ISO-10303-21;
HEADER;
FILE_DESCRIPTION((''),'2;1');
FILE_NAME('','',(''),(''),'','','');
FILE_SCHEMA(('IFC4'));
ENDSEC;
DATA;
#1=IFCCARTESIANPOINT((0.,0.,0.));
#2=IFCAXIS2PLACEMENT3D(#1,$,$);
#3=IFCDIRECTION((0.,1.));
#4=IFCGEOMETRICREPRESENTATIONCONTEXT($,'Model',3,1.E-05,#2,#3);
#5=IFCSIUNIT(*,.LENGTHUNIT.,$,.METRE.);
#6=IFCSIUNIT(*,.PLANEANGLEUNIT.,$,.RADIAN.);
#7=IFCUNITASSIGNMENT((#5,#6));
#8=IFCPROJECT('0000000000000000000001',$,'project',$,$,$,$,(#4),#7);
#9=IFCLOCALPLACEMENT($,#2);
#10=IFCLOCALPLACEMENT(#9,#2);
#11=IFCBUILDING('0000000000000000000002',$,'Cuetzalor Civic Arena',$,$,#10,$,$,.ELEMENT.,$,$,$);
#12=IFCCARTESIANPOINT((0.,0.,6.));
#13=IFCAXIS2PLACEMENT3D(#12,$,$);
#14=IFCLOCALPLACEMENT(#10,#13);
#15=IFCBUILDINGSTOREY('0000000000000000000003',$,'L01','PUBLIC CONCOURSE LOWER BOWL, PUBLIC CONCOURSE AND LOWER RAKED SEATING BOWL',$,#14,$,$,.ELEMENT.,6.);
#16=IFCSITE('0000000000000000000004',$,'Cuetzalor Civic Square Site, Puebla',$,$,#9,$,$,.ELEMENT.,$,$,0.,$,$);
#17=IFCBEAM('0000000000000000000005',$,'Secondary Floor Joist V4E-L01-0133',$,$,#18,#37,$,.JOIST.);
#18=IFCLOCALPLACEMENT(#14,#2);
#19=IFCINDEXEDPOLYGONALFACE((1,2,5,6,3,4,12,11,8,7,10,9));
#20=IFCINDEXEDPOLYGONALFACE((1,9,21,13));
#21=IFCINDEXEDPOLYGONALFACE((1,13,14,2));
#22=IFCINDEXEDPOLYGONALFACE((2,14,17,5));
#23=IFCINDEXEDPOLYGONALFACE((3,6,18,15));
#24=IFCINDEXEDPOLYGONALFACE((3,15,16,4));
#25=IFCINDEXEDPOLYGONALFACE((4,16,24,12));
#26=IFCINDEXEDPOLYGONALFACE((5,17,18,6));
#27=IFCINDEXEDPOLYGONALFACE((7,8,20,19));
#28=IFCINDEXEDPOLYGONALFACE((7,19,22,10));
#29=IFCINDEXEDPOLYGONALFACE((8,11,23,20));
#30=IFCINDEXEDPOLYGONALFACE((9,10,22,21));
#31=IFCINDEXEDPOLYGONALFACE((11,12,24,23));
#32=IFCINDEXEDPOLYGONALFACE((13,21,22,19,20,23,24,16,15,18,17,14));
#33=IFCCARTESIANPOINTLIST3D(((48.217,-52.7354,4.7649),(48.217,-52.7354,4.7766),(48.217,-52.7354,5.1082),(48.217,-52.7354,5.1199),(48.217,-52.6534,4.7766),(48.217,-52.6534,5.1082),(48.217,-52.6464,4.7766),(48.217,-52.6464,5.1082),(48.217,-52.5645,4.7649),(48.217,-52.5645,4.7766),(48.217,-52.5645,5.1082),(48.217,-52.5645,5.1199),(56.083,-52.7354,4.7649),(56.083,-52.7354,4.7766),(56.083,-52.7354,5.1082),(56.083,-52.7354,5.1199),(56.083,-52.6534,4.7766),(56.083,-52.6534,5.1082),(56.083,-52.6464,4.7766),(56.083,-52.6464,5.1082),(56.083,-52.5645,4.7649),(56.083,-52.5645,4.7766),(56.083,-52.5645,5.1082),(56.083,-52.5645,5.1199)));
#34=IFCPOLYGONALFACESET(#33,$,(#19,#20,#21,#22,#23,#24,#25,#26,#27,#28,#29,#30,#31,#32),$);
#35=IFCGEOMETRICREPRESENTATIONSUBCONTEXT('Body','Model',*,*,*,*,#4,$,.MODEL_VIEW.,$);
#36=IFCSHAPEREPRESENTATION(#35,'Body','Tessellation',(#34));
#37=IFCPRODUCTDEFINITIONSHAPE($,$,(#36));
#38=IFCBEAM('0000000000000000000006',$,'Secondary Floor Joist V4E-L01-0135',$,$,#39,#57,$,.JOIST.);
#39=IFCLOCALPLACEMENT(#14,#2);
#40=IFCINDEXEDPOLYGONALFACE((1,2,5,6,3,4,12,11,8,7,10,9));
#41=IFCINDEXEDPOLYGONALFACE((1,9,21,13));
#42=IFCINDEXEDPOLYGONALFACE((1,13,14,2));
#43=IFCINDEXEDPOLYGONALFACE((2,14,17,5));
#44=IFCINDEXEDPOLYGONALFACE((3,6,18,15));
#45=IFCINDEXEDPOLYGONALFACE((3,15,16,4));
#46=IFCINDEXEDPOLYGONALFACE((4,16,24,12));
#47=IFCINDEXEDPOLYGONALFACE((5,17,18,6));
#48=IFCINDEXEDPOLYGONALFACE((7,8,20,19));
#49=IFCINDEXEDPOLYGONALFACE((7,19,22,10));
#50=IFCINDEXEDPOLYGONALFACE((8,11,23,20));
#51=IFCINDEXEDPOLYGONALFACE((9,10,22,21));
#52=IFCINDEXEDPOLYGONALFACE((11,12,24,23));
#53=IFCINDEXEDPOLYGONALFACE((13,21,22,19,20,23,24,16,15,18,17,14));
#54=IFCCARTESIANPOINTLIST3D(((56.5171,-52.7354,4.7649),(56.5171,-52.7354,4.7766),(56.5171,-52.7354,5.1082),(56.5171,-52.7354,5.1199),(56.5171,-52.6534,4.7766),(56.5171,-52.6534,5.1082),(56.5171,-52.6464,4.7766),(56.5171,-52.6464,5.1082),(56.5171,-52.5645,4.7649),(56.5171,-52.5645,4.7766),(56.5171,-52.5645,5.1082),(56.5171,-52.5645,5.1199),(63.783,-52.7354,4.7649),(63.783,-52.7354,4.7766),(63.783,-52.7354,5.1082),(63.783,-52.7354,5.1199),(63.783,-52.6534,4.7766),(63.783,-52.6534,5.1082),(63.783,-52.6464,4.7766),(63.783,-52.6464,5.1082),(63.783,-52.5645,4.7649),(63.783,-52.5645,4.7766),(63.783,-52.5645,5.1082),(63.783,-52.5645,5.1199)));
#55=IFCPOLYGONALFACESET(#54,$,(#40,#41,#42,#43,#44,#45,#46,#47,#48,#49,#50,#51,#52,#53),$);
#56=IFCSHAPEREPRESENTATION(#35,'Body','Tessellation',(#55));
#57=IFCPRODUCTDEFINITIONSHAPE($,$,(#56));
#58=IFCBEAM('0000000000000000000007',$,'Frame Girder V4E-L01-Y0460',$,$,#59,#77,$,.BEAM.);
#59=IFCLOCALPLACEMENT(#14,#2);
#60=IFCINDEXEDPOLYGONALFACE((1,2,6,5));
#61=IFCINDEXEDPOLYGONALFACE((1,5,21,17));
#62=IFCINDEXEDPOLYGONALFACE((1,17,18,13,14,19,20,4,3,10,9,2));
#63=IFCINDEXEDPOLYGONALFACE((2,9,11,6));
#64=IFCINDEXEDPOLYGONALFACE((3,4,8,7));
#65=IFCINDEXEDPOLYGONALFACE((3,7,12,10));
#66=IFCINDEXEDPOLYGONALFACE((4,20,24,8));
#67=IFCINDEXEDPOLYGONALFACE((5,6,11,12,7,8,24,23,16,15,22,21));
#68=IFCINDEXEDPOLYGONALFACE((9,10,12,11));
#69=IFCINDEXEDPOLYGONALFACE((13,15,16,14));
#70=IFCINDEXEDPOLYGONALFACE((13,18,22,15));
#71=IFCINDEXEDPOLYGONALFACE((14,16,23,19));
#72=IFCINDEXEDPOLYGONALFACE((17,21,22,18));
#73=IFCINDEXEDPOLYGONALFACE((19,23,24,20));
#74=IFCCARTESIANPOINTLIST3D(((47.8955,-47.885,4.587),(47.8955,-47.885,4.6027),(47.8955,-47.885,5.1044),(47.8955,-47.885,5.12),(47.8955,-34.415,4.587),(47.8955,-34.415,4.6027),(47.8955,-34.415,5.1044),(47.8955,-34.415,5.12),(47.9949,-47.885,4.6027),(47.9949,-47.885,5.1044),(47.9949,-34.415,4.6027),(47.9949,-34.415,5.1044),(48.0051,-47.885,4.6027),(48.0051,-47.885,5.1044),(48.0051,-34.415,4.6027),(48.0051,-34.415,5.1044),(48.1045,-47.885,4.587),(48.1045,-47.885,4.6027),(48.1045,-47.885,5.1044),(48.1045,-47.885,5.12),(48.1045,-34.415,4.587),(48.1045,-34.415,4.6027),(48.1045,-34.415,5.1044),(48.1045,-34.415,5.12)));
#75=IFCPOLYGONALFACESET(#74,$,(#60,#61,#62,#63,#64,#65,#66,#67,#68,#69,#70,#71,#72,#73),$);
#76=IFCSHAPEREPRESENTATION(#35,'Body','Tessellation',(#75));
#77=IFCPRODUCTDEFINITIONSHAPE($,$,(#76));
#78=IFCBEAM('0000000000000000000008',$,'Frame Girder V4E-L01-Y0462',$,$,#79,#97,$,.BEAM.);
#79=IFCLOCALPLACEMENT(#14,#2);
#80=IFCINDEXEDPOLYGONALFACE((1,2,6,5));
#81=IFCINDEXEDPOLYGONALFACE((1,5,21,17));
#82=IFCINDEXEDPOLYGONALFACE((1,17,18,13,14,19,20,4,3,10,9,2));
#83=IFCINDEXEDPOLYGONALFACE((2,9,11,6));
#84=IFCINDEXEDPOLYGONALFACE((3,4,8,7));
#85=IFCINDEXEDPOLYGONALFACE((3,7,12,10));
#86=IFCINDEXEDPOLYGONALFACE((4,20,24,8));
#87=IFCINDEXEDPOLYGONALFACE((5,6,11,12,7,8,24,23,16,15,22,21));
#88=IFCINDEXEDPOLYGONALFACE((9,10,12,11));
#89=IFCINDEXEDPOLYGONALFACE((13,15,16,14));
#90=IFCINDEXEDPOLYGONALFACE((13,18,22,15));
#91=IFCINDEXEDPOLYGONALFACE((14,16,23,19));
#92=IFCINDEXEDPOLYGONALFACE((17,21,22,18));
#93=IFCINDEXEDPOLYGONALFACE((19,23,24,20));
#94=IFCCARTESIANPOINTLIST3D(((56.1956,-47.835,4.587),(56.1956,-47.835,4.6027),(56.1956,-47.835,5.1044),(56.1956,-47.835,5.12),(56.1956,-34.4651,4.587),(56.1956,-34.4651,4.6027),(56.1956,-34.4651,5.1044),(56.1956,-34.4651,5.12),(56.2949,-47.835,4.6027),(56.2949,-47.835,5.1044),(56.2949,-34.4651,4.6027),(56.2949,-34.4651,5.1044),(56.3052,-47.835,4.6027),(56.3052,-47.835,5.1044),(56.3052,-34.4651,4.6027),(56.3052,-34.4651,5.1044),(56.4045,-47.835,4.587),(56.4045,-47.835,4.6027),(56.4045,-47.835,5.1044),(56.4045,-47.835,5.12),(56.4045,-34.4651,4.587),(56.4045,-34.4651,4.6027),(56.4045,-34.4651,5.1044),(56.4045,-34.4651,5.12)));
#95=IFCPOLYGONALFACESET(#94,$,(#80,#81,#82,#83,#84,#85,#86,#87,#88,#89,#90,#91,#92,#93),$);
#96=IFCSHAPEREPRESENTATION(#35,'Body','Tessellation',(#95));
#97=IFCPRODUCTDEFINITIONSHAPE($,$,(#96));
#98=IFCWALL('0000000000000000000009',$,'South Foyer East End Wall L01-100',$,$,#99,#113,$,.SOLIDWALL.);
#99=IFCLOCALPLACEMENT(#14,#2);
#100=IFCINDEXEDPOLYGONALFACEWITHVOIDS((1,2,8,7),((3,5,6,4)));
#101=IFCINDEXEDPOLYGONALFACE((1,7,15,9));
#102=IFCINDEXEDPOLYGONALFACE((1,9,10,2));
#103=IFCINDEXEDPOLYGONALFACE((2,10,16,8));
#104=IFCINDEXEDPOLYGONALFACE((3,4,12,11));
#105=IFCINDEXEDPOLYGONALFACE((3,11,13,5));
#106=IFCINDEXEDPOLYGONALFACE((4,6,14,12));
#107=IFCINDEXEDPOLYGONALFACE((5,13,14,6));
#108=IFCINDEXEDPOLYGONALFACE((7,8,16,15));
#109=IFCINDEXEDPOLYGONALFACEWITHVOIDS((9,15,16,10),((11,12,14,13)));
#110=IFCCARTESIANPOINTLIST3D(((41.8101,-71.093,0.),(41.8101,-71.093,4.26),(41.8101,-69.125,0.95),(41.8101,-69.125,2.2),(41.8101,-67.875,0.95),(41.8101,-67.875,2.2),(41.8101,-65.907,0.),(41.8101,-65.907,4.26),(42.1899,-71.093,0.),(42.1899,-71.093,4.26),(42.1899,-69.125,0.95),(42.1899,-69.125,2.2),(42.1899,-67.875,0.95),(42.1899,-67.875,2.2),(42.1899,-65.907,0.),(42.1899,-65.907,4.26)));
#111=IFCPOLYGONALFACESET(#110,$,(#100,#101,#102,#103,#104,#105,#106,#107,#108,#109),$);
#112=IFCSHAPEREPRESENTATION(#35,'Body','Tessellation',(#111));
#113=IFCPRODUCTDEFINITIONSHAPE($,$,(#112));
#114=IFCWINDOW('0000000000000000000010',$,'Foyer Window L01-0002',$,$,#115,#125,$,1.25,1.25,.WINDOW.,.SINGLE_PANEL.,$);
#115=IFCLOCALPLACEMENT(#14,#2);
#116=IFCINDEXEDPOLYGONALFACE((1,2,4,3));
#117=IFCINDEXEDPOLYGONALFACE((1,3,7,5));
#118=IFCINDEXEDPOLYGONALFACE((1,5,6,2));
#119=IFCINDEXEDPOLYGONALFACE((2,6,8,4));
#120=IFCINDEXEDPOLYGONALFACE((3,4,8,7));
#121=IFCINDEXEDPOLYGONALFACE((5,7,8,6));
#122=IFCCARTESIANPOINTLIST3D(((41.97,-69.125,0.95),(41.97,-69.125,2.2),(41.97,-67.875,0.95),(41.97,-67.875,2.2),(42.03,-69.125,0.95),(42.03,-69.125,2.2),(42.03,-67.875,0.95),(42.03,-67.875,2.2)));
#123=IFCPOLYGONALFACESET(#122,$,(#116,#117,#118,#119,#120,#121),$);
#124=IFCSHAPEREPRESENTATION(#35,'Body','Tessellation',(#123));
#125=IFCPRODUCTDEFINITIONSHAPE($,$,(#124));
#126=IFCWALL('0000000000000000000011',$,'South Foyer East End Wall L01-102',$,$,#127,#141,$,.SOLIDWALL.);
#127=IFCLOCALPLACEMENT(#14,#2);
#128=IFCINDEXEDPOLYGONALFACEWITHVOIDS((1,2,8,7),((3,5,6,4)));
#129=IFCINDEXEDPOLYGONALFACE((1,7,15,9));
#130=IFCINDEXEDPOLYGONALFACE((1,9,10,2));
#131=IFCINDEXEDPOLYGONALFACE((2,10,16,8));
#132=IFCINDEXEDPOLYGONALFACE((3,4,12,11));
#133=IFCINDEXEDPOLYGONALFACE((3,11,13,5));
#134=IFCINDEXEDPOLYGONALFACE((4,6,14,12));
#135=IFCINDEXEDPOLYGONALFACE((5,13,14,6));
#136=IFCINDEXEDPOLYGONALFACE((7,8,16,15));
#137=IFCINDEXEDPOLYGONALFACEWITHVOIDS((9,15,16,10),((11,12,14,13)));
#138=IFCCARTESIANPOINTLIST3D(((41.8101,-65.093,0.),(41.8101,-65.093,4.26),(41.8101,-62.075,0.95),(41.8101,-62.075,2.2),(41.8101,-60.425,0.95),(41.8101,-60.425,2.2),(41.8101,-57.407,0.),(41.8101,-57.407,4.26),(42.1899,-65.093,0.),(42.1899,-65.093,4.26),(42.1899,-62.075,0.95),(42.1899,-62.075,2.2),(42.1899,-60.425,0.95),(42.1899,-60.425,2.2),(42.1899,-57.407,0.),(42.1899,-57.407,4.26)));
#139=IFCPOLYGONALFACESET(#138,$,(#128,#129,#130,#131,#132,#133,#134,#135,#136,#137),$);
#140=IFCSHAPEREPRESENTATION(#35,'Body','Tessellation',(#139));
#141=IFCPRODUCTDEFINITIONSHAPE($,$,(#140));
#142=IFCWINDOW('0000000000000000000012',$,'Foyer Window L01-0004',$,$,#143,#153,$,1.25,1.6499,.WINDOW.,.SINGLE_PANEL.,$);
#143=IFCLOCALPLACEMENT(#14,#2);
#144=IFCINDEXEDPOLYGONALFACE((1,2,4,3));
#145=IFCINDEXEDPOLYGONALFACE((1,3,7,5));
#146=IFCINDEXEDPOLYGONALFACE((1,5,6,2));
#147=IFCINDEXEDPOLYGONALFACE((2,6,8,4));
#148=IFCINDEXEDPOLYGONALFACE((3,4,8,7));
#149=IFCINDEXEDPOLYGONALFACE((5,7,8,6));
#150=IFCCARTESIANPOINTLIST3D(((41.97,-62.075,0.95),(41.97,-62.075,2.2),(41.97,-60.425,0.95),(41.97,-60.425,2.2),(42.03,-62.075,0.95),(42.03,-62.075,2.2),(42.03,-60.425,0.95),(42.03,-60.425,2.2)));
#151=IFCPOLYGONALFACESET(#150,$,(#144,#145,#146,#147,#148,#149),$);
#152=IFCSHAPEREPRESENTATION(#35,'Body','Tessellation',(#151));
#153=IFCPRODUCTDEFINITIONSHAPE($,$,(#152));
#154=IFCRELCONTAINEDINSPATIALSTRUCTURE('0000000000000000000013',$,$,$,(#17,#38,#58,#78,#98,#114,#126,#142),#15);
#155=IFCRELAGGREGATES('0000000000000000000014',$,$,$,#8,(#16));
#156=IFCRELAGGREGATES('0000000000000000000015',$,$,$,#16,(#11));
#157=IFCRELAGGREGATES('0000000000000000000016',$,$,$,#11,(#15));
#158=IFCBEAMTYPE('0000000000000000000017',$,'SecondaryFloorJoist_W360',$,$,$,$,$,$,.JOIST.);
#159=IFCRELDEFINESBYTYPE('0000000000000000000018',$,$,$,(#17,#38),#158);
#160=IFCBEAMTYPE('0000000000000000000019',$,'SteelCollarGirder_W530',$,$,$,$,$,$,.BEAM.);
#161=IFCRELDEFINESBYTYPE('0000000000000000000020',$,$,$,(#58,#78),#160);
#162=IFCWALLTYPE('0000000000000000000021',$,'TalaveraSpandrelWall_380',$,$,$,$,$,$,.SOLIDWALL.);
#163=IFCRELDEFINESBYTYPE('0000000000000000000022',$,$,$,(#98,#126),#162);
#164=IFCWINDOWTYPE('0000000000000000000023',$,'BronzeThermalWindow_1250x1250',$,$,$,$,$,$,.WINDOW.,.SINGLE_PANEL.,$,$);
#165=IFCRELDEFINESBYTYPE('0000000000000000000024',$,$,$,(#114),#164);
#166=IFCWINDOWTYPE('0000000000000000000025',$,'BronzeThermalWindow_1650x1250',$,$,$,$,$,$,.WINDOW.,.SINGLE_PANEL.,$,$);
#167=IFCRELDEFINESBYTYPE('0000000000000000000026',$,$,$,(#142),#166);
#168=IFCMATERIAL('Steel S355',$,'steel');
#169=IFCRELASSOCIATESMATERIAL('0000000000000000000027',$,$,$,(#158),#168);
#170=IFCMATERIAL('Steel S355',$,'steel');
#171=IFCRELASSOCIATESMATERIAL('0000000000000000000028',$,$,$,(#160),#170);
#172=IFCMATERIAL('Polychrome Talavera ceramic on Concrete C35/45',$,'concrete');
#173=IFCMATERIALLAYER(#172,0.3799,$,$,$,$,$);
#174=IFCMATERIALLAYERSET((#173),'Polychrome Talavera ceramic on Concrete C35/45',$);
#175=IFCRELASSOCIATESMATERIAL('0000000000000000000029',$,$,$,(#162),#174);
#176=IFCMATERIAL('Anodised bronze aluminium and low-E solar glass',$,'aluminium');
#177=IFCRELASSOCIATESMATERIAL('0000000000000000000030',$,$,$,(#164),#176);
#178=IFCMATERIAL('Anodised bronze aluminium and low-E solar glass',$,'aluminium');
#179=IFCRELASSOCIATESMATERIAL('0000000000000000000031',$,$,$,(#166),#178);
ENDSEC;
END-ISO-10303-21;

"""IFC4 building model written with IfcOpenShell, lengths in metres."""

from ifc_helpers import new_model, si_unit, direction, frame, frame_2d, origin, origin_2d, place, context, subcontext, project, spatial, rectangle, i_section, extrude, material, layer, layer_set, material_profile, profile_set, type_object, element, fill, save


model = new_model("IFC4")

# Units and contexts
model_context = context("Model", 3, precision=1e-05, world=origin(), true_north=direction((0.0, 1.0)))
body_context = subcontext(model_context, "Body", "Model", "MODEL_VIEW")
ifc_project = project(units=[si_unit("LENGTHUNIT", "METRE"), si_unit("PLANEANGLEUNIT", "RADIAN")], contexts=[model_context])

# Site, building, storey
site_placement = place(None, origin())
site = spatial("IfcSite", under=ifc_project, at=site_placement, Name="Cuetzalor Civic Square Site, Puebla", CompositionType="ELEMENT", RefElevation=0.0)
building_placement = place(site_placement, origin())
building = spatial("IfcBuilding", under=site, at=building_placement, Name="Cuetzalor Civic Arena", CompositionType="ELEMENT")
storey_placement = place(building_placement, frame((0.0, 0.0, 6.0)))
storey = spatial("IfcBuildingStorey", under=building, at=storey_placement, Name="L01", Description="PUBLIC CONCOURSE LOWER BOWL, PUBLIC CONCOURSE AND LOWER RAKED SEATING BOWL", CompositionType="ELEMENT", Elevation=6.0)

# Beams
ifc_material_1 = material(Name="Steel S355", Category="steel")
ifc_material_profile_1 = material_profile(ifc_material_1, i_section(OverallWidth=0.1709, OverallDepth=0.355, WebThickness=0.0071, FlangeThickness=0.0117, at=origin_2d()), Name="W360x51")
ifc_profile_set_1 = profile_set([ifc_material_profile_1], Name="Steel S355")
beam_type_1 = type_object("IfcBeamType", Name="SecondaryFloorJoist_W360", PredefinedType="JOIST", material=ifc_profile_set_1)
beam_1_placement = place(storey_placement, frame((48.217, -52.6499, 4.9424), z_axis=(1.0, 0.0, 0.0), x_axis=(0.0, 1.0, 0.0)))
element("IfcBeam", 1, at=beam_1_placement, inside=storey, type_object=beam_type_1, Name="Secondary Floor Joist V4E-L01-0133", PredefinedType="JOIST", context=body_context, shape_type="SweptSolid", body=[
    extrude(i_section(OverallWidth=0.1709, OverallDepth=0.355, WebThickness=0.0071, FlangeThickness=0.0117, at=origin_2d()), origin(), (0.0, 0.0, 1.0), 7.866),
])
beam_2_placement = place(storey_placement, frame((56.5171, -52.6499, 4.9424), z_axis=(1.0, 0.0, 0.0), x_axis=(0.0, 1.0, 0.0)))
element("IfcBeam", 2, at=beam_2_placement, inside=storey, type_object=beam_type_1, Name="Secondary Floor Joist V4E-L01-0135", PredefinedType="JOIST", context=body_context, shape_type="SweptSolid", body=[
    extrude(i_section(OverallWidth=0.1709, OverallDepth=0.355, WebThickness=0.0071, FlangeThickness=0.0117, at=origin_2d()), origin(), (0.0, 0.0, 1.0), 7.2659),
])
ifc_material_2 = material(Name="Steel S355", Category="steel")
ifc_material_profile_2 = material_profile(ifc_material_2, i_section(OverallWidth=0.209, OverallDepth=0.533, WebThickness=0.0103, FlangeThickness=0.0156, at=origin_2d()), Name="W530x92")
ifc_profile_set_2 = profile_set([ifc_material_profile_2], Name="Steel S355")
beam_type_2 = type_object("IfcBeamType", Name="SteelCollarGirder_W530", PredefinedType="BEAM", material=ifc_profile_set_2)
beam_3_placement = place(storey_placement, frame((48.0, -47.885, 4.8535), z_axis=(0.0, 1.0, 0.0), x_axis=(-1.0, 0.0, 0.0)))
element("IfcBeam", 3, at=beam_3_placement, inside=storey, type_object=beam_type_2, Name="Frame Girder V4E-L01-Y0460", PredefinedType="BEAM", context=body_context, shape_type="SweptSolid", body=[
    extrude(i_section(OverallWidth=0.209, OverallDepth=0.533, WebThickness=0.0103, FlangeThickness=0.0156, at=origin_2d()), origin(), (0.0, 0.0, 1.0), 13.47),
])
beam_4_placement = place(storey_placement, frame((56.3, -47.835, 4.8535), z_axis=(0.0, 1.0, 0.0), x_axis=(-1.0, 0.0, 0.0)))
element("IfcBeam", 4, at=beam_4_placement, inside=storey, type_object=beam_type_2, Name="Frame Girder V4E-L01-Y0462", PredefinedType="BEAM", context=body_context, shape_type="SweptSolid", body=[
    extrude(i_section(OverallWidth=0.209, OverallDepth=0.533, WebThickness=0.0103, FlangeThickness=0.0156, at=origin_2d()), origin(), (0.0, 0.0, 1.0), 13.3699),
])

# Walls, openings, windows
ifc_material_3 = material(Name="Polychrome Talavera ceramic on Concrete C35/45", Category="concrete")
ifc_layer = layer(ifc_material_3, 0.3799)
ifc_layer_set = layer_set([ifc_layer], Name="Polychrome Talavera ceramic on Concrete C35/45")
wall_type = type_object("IfcWallType", Name="TalaveraSpandrelWall_380", PredefinedType="SOLIDWALL", material=ifc_layer_set)
wall_1_placement = place(storey_placement, frame((42.0, -65.907, 0.0), z_axis=(0.0, 0.0, 1.0), x_axis=(0.0, -1.0, 0.0)))
wall_1 = element("IfcWall", 5, at=wall_1_placement, inside=storey, type_object=wall_type, Name="South Foyer East End Wall L01-100", PredefinedType="SOLIDWALL", context=body_context, shape_type="SweptSolid", body=[
    extrude(rectangle(XDim=5.186, YDim=0.3799, at=frame_2d((2.593, 0.0))), origin(), (0.0, 0.0, 1.0), 4.26),
])
opening_1_placement = place(wall_1_placement, frame((1.968, 0.0, 0.95)))
opening_1 = element("IfcOpeningElement", 6, at=opening_1_placement, cuts=wall_1, PredefinedType="OPENING", context=body_context, shape_type="SweptSolid", body=[
    extrude(rectangle(XDim=1.25, YDim=1.25, at=frame_2d((0.625, 0.625))), frame((0.0, 0.2, 0.0), z_axis=(0.0, -1.0, 0.0), x_axis=(1.0, 0.0, 0.0)), (0.0, 0.0, 1.0), 0.3999),
])
ifc_material_4 = material(Name="Anodised bronze aluminium and low-E solar glass", Category="aluminium")
window_type_1 = type_object("IfcWindowType", Name="BronzeThermalWindow_1250x1250", PartitioningType="SINGLE_PANEL", PredefinedType="WINDOW", material=ifc_material_4)
window_1_placement = place(opening_1_placement, origin())
window_1 = element("IfcWindow", 7, at=window_1_placement, inside=storey, type_object=window_type_1, Name="Foyer Window L01-0002", OverallHeight=1.25, OverallWidth=1.25, PartitioningType="SINGLE_PANEL", PredefinedType="WINDOW", context=body_context, shape_type="SweptSolid", body=[
    extrude(rectangle(XDim=1.25, YDim=1.25, at=frame_2d((0.625, 0.625))), frame((0.0, 0.03, 0.0), z_axis=(0.0, -1.0, 0.0), x_axis=(1.0, 0.0, 0.0)), (0.0, 0.0, 1.0), 0.0601),
])
fill(opening_1, window_1)
wall_2_placement = place(storey_placement, frame((42.0, -57.407, 0.0), z_axis=(0.0, 0.0, 1.0), x_axis=(0.0, -1.0, 0.0)))
wall_2 = element("IfcWall", 8, at=wall_2_placement, inside=storey, type_object=wall_type, Name="South Foyer East End Wall L01-102", PredefinedType="SOLIDWALL", context=body_context, shape_type="SweptSolid", body=[
    extrude(rectangle(XDim=7.686, YDim=0.3799, at=frame_2d((3.843, 0.0))), origin(), (0.0, 0.0, 1.0), 4.26),
])
opening_2_placement = place(wall_2_placement, frame((3.0181, 0.0, 0.95)))
opening_2 = element("IfcOpeningElement", 9, at=opening_2_placement, cuts=wall_2, PredefinedType="OPENING", context=body_context, shape_type="SweptSolid", body=[
    extrude(rectangle(XDim=1.6499, YDim=1.25, at=frame_2d((0.825, 0.625))), frame((0.0, 0.2, 0.0), z_axis=(0.0, -1.0, 0.0), x_axis=(1.0, 0.0, 0.0)), (0.0, 0.0, 1.0), 0.3999),
])
ifc_material_5 = material(Name="Anodised bronze aluminium and low-E solar glass", Category="aluminium")
window_type_2 = type_object("IfcWindowType", Name="BronzeThermalWindow_1650x1250", PartitioningType="SINGLE_PANEL", PredefinedType="WINDOW", material=ifc_material_5)
window_2_placement = place(opening_2_placement, origin())
window_2 = element("IfcWindow", 10, at=window_2_placement, inside=storey, type_object=window_type_2, Name="Foyer Window L01-0004", OverallHeight=1.25, OverallWidth=1.6499, PartitioningType="SINGLE_PANEL", PredefinedType="WINDOW", context=body_context, shape_type="SweptSolid", body=[
    extrude(rectangle(XDim=1.6499, YDim=1.25, at=frame_2d((0.825, 0.625))), frame((0.0, 0.03, 0.0), z_axis=(0.0, -1.0, 0.0), x_axis=(1.0, 0.0, 0.0)), (0.0, 0.0, 1.0), 0.0601),
])
fill(opening_2, window_2)

save(model, "model.ifc")
